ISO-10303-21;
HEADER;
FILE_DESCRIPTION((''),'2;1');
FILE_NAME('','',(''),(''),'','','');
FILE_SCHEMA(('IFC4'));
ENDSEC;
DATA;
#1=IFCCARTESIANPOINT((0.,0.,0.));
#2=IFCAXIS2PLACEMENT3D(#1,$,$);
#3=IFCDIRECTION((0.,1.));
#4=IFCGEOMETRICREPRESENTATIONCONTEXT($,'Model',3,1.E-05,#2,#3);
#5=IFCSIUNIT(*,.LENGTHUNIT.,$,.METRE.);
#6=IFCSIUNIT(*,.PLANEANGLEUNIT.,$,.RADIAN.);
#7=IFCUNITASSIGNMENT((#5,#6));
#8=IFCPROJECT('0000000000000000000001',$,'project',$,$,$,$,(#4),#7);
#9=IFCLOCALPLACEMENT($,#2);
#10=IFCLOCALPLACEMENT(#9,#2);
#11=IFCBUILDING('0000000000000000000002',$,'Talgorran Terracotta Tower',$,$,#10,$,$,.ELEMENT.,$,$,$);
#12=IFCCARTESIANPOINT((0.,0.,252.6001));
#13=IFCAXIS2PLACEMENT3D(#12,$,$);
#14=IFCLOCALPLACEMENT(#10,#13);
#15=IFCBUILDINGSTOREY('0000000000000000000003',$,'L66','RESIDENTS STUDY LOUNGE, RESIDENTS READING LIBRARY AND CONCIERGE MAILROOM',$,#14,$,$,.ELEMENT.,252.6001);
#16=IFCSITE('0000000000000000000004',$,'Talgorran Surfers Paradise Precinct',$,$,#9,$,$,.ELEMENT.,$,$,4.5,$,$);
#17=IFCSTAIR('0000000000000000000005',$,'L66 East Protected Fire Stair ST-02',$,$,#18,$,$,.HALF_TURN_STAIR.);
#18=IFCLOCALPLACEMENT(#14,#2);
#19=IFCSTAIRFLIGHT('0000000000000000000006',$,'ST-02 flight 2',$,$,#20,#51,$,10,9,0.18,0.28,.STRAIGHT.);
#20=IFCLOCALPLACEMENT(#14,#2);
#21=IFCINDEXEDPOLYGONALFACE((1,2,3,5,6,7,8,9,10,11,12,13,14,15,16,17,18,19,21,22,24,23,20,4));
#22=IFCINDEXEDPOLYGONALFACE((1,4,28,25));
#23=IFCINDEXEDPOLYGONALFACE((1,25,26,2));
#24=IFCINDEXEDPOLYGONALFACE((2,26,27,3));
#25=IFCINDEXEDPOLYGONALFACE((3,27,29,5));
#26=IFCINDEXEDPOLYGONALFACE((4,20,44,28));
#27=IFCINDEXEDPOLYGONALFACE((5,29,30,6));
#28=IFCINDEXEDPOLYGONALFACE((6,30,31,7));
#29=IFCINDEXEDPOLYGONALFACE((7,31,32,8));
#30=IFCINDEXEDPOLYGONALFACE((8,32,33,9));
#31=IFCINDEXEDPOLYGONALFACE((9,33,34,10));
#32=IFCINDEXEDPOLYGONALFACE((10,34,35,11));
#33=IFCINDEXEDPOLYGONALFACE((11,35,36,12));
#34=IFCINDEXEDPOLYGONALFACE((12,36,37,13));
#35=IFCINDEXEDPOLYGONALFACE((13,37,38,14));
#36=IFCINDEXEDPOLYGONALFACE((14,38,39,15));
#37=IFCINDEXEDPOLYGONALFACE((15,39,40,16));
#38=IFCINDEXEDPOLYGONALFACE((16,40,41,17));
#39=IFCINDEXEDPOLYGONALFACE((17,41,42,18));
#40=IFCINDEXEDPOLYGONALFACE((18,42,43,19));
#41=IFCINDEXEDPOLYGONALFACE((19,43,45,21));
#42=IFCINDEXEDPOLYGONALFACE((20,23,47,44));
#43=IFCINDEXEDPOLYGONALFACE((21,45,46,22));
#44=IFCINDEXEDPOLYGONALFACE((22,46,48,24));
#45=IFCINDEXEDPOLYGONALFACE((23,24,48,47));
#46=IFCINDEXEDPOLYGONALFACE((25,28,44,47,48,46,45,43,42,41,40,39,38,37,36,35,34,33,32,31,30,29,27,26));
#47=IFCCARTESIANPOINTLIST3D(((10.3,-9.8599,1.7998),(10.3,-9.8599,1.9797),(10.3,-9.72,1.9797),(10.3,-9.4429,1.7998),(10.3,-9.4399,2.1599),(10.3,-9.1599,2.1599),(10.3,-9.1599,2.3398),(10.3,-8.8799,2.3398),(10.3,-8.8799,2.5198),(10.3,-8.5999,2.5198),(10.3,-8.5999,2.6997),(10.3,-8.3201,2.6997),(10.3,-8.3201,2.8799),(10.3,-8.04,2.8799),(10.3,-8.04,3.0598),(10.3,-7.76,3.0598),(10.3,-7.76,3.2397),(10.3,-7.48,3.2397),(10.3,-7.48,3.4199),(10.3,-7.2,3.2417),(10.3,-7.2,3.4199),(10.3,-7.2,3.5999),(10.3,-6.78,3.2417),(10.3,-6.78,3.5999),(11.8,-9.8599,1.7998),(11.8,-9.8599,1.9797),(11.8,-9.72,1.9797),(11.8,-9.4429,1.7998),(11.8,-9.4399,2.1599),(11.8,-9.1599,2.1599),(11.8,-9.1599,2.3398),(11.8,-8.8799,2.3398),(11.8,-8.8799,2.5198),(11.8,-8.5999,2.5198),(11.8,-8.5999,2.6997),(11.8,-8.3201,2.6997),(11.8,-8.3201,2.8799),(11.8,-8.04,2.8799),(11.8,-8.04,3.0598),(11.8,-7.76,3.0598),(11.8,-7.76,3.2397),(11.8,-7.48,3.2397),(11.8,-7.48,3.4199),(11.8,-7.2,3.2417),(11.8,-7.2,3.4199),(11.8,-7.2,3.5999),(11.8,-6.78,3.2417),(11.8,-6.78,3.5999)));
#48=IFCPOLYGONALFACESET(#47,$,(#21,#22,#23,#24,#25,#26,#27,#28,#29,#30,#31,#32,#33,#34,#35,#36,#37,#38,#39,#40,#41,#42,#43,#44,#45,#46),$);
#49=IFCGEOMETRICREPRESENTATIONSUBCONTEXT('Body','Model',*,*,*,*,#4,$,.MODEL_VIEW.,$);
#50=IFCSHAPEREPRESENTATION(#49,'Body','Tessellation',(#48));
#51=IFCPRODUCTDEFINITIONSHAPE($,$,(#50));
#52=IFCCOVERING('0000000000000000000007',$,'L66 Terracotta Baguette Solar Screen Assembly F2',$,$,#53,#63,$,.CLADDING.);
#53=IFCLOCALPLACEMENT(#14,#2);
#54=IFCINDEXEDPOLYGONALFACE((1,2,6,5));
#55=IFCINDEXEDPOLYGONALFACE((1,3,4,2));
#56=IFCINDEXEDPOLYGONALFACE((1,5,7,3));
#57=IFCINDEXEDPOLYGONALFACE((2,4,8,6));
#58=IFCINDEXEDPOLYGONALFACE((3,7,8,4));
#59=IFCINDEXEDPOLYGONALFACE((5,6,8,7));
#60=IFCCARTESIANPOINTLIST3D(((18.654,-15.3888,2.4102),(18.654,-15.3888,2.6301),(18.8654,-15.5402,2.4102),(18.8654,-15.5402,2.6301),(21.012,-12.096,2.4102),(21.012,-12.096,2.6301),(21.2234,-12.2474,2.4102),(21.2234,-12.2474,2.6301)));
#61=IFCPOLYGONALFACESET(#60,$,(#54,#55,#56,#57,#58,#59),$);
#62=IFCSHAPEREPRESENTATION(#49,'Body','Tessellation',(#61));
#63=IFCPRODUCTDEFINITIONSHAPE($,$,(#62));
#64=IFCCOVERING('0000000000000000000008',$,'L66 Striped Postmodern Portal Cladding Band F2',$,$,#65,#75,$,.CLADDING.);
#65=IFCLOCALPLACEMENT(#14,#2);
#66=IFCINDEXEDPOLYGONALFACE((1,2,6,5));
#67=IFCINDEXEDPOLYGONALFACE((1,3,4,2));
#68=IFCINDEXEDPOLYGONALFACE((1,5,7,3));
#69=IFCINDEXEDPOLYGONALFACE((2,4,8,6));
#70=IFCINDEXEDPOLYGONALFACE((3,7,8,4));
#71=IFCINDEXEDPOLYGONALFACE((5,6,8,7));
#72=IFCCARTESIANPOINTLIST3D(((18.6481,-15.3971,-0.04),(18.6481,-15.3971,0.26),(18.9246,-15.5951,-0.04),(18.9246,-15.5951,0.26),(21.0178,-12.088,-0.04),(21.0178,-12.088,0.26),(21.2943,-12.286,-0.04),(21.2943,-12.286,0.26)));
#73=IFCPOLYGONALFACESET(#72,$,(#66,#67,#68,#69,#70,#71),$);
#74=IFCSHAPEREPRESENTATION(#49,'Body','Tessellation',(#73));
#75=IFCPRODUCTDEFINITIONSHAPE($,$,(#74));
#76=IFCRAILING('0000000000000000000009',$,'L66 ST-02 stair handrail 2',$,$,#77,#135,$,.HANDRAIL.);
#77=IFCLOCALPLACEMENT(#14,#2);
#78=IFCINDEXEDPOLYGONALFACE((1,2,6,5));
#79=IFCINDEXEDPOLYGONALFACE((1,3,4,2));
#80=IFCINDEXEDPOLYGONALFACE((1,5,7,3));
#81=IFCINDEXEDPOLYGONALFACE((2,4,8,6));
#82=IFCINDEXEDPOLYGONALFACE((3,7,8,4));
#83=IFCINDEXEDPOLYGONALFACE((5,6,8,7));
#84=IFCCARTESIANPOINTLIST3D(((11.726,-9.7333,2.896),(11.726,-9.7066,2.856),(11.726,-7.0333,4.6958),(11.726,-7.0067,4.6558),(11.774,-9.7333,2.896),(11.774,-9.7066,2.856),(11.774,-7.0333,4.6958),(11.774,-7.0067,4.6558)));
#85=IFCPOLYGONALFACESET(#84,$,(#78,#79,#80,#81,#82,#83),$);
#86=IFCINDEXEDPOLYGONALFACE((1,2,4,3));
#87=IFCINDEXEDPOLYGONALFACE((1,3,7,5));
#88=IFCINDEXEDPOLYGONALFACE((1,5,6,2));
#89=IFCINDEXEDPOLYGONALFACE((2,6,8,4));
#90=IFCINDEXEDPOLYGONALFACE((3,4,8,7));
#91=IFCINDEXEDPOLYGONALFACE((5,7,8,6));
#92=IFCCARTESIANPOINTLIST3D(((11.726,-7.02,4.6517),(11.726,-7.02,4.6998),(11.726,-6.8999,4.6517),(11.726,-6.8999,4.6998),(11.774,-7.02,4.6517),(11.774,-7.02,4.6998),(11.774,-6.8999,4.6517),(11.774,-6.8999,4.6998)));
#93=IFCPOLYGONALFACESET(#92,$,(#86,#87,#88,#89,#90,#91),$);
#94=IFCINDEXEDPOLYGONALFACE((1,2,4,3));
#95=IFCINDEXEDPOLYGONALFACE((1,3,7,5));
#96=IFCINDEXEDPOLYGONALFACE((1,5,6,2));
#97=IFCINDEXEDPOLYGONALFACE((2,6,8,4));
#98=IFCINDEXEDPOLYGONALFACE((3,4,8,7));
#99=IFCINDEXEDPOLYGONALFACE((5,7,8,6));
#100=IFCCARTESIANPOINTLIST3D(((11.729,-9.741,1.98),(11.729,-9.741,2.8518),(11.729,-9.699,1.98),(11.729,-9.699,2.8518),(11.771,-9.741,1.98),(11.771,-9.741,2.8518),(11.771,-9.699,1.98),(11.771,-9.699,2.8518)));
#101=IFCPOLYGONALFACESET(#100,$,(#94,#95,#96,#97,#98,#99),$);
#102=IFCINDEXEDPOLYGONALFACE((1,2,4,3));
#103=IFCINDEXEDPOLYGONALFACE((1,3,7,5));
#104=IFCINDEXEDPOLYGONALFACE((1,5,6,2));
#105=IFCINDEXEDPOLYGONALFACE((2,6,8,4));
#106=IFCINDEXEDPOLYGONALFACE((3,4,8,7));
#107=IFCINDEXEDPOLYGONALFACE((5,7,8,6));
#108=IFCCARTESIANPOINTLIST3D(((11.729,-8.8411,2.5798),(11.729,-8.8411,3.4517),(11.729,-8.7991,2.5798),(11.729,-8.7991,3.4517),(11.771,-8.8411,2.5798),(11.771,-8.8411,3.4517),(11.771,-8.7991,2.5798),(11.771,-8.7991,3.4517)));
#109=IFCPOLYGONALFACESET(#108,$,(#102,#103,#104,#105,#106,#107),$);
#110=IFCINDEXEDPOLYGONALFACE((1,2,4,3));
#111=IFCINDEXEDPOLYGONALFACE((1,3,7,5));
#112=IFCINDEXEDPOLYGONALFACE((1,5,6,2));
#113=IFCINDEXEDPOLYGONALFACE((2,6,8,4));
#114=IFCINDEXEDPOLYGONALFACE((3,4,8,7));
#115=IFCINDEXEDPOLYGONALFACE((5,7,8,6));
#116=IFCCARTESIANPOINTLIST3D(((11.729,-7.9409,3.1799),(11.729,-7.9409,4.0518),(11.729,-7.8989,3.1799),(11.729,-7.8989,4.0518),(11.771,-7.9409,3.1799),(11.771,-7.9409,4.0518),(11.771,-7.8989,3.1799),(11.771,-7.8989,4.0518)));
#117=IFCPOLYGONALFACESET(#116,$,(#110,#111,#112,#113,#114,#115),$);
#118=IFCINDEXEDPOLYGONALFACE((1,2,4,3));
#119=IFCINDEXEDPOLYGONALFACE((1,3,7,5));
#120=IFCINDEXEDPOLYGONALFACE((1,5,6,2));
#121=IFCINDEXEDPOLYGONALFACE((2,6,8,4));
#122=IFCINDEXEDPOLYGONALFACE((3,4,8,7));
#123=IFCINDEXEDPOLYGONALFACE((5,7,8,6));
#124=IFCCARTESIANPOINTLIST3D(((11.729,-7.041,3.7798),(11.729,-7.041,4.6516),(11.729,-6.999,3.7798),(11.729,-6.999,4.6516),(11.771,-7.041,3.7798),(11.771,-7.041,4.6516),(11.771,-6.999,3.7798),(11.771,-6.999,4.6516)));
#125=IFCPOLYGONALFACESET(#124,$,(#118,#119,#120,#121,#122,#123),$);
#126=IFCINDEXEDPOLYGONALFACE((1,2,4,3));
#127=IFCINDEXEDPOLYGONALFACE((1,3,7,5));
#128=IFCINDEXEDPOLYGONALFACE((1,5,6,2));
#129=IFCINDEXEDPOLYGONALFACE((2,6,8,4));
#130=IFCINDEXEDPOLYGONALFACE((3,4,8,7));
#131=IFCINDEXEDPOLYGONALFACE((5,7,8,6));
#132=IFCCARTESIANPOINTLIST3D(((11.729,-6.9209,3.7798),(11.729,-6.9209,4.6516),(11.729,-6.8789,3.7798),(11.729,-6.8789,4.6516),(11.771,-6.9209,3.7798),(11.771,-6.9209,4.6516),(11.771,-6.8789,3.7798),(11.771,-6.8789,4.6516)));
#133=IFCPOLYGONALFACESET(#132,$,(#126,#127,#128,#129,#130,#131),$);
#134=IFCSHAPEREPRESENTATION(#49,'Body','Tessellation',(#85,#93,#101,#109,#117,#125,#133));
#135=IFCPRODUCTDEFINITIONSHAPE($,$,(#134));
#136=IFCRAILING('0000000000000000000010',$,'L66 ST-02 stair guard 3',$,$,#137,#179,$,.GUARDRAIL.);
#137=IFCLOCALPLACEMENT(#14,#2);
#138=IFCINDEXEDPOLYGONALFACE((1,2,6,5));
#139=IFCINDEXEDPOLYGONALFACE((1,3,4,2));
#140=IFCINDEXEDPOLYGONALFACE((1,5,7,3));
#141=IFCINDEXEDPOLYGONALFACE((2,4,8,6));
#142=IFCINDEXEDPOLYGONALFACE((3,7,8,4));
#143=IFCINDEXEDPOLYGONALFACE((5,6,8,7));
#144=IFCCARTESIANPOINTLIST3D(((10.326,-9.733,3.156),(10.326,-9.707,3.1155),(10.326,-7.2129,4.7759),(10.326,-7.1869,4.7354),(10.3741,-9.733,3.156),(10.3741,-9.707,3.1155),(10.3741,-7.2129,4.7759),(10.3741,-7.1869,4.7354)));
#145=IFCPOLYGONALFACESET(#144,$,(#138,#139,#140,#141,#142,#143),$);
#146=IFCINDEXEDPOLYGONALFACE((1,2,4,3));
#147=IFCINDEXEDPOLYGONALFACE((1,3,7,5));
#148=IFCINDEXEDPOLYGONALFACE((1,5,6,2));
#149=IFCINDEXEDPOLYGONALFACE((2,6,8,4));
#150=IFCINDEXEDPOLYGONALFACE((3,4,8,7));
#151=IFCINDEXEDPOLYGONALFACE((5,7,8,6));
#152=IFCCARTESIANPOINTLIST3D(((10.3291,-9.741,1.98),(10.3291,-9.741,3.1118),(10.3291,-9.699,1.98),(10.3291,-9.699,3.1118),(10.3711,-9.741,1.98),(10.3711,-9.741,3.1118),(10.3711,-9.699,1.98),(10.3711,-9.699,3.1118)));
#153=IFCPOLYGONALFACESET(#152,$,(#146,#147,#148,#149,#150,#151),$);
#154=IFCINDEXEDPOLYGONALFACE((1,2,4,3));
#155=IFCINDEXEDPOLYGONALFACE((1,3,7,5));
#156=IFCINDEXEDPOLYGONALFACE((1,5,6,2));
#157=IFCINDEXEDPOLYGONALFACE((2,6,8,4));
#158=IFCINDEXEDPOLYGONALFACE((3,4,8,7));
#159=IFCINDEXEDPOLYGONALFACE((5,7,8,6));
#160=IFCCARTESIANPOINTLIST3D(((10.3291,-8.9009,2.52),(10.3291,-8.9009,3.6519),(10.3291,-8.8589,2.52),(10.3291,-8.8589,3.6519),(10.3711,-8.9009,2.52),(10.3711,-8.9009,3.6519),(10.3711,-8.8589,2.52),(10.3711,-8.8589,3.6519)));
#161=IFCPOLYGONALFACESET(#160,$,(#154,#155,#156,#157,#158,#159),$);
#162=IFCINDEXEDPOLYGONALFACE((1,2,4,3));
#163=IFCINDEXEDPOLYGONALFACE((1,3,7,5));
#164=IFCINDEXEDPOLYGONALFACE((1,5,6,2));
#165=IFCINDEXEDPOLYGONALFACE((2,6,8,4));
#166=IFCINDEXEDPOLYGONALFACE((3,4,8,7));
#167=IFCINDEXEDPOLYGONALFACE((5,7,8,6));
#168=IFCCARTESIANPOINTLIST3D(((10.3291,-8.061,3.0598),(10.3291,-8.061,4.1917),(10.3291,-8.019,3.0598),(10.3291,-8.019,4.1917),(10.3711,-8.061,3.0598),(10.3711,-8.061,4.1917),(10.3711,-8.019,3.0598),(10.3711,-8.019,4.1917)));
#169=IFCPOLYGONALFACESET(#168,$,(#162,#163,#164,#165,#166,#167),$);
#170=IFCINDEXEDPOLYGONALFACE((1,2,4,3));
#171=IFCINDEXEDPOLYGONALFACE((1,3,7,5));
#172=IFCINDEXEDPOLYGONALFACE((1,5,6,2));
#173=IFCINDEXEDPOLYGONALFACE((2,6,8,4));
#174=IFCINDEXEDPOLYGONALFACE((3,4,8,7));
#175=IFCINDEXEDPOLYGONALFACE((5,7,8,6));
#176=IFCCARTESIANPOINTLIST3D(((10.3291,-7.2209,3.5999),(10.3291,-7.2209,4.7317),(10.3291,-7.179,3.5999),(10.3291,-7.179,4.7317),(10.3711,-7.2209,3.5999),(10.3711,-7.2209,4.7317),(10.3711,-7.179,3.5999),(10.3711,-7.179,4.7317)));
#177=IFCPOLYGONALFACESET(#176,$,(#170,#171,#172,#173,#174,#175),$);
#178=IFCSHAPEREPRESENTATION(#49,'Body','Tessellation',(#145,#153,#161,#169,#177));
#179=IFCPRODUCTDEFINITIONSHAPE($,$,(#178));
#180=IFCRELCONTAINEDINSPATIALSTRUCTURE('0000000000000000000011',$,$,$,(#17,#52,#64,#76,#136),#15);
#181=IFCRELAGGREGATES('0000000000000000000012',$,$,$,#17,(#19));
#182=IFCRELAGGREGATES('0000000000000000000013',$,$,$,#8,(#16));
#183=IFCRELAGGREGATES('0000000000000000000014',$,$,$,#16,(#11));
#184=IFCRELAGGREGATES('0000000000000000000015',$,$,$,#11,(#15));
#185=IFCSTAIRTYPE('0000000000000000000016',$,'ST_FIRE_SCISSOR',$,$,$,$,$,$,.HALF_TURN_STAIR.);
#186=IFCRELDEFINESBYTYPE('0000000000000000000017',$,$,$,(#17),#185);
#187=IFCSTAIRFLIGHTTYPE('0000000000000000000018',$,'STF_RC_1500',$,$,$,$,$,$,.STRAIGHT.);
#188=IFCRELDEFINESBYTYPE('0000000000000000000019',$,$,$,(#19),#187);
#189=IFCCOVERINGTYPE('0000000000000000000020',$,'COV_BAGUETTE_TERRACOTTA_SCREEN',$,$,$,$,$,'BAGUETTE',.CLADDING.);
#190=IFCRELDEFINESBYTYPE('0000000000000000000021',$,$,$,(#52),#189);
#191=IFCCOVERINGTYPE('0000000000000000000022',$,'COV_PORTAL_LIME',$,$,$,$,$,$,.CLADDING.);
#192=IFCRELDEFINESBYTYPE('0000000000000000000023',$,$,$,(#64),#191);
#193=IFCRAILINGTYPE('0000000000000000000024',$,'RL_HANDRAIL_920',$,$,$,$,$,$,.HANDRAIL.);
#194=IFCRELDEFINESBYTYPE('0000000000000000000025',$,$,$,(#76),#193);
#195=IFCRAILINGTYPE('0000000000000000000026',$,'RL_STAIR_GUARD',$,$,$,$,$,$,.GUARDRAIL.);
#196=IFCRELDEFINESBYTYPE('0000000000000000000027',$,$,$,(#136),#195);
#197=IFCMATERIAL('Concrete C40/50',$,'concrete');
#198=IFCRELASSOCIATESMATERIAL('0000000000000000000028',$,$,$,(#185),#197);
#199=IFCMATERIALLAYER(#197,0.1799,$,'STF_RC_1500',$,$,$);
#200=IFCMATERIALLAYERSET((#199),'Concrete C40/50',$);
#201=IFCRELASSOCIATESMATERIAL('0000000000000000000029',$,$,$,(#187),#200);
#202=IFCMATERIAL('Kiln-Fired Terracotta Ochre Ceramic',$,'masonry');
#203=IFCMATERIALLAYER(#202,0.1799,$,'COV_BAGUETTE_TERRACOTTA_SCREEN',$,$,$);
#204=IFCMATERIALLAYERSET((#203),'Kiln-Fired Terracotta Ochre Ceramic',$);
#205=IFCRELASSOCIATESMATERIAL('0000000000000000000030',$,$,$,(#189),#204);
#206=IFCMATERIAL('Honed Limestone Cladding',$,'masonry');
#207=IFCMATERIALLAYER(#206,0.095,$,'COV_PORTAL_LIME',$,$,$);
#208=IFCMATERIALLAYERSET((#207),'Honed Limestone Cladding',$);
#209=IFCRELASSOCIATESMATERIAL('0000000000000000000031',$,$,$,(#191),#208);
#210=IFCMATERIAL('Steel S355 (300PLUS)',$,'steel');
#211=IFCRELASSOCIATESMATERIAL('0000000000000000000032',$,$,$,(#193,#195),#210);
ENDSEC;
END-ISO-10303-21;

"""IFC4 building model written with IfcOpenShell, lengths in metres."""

from ifc_helpers import new_model, si_unit, direction, frame, origin, origin_2d, place, context, subcontext, project, spatial, polyline, rectangle, outline, extrude, material, layer, layer_set, type_object, element, aggregate, save


model = new_model("IFC4")

# Units and contexts
model_context = context("Model", 3, precision=1e-05, world=origin(), true_north=direction((0.0, 1.0)))
body_context = subcontext(model_context, "Body", "Model", "MODEL_VIEW")
ifc_project = project(units=[si_unit("LENGTHUNIT", "METRE"), si_unit("PLANEANGLEUNIT", "RADIAN")], contexts=[model_context])

# Site, building, storey
site_placement = place(None, origin())
site = spatial("IfcSite", under=ifc_project, at=site_placement, Name="Talgorran Surfers Paradise Precinct", CompositionType="ELEMENT", RefElevation=4.5)
building_placement = place(site_placement, origin())
building = spatial("IfcBuilding", under=site, at=building_placement, Name="Talgorran Terracotta Tower", CompositionType="ELEMENT")
storey_placement = place(building_placement, frame((0.0, 0.0, 252.6001)))
storey = spatial("IfcBuildingStorey", under=building, at=storey_placement, Name="L66", Description="RESIDENTS STUDY LOUNGE, RESIDENTS READING LIBRARY AND CONCIERGE MAILROOM", CompositionType="ELEMENT", Elevation=252.6001)

# Shared definitions
ifc_material_1 = material(Name="Steel S355 (300PLUS)", Category="steel")

# Stair, stair flight
ifc_material_2 = material(Name="Concrete C40/50", Category="concrete")
stair_type = type_object("IfcStairType", Name="ST_FIRE_SCISSOR", PredefinedType="HALF_TURN_STAIR", material=ifc_material_2)
stair_placement = place(storey_placement, origin())
stair = element("IfcStair", 1, at=stair_placement, inside=storey, type_object=stair_type, Name="L66 East Protected Fire Stair ST-02", PredefinedType="HALF_TURN_STAIR")
ifc_layer_1 = layer(ifc_material_2, 0.1799, Name="STF_RC_1500")
ifc_layer_set_1 = layer_set([ifc_layer_1], Name="Concrete C40/50")
stair_flight_type = type_object("IfcStairFlightType", Name="STF_RC_1500", PredefinedType="STRAIGHT", material=ifc_layer_set_1)
stair_flight_placement = place(storey_placement, frame((11.05, -9.72, 1.7998), z_axis=(0.0, 0.0, 1.0), x_axis=(0.0, 1.0, 0.0)))
stair_flight = element("IfcStairFlight", 2, at=stair_flight_placement, type_object=stair_flight_type, Name="ST-02 flight 2", NumberOfRisers=10, NumberOfTreads=9, PredefinedType="STRAIGHT", RiserHeight=0.18, TreadLength=0.28, context=body_context, shape_type="SweptSolid", body=[
    extrude(outline(polyline([(-0.1399, 0.0), (-0.1399, 0.1799), (0.0, 0.1799), (0.28, 0.3601), (0.5601, 0.3601), (0.5601, 0.54), (0.8401, 0.54), (0.8401, 0.72), (1.1201, 0.72), (1.1201, 0.8999), (1.3999, 0.8999), (1.3999, 1.0801), (1.6799, 1.0801), (1.6799, 1.26), (1.96, 1.26), (1.96, 1.4399), (2.24, 1.4399), (2.24, 1.6201), (2.52, 1.6201), (2.52, 1.8), (2.9399, 1.8), (2.9399, 1.4419), (2.52, 1.4419), (0.2771, 0.0), (-0.1399, 0.0)])), frame((0.0, 0.75, 0.0), z_axis=(0.0, -1.0, 0.0), x_axis=(1.0, 0.0, 0.0)), (0.0, 0.0, 1.0), 1.5),
])
aggregate(stair, [stair_flight])

# Coverings
ifc_material_3 = material(Name="Kiln-Fired Terracotta Ochre Ceramic", Category="masonry")
ifc_layer_2 = layer(ifc_material_3, 0.1799, Name="COV_BAGUETTE_TERRACOTTA_SCREEN")
ifc_layer_set_2 = layer_set([ifc_layer_2], Name="Kiln-Fired Terracotta Ochre Ceramic")
covering_type_1 = type_object("IfcCoveringType", Name="COV_BAGUETTE_TERRACOTTA_SCREEN", ElementType="BAGUETTE", PredefinedType="CLADDING", material=ifc_layer_set_2)
covering_1_placement = place(storey_placement, frame((19.9387, -13.8181, 2.4102), z_axis=(0.0, 0.0, 1.0), x_axis=(0.582222, 0.81303, 0.0)))
element("IfcCovering", 3, at=covering_1_placement, inside=storey, type_object=covering_type_1, Name="L66 Terracotta Baguette Solar Screen Assembly F2", PredefinedType="CLADDING", context=body_context, shape_type="SweptSolid", body=[
    extrude(rectangle(XDim=4.05, YDim=0.26, at=origin_2d()), origin(), (0.0, 0.0, 1.0), 0.22),
])
ifc_material_4 = material(Name="Honed Limestone Cladding", Category="masonry")
ifc_layer_3 = layer(ifc_material_4, 0.095, Name="COV_PORTAL_LIME")
ifc_layer_set_3 = layer_set([ifc_layer_3], Name="Honed Limestone Cladding")
covering_type_2 = type_object("IfcCoveringType", Name="COV_PORTAL_LIME", PredefinedType="CLADDING", material=ifc_layer_set_3)
covering_2_placement = place(storey_placement, frame((19.9712, -13.8416, -0.04), z_axis=(0.0, 0.0, 1.0), x_axis=(0.582222, 0.81303, 0.0)))
element("IfcCovering", 4, at=covering_2_placement, inside=storey, type_object=covering_type_2, Name="L66 Striped Postmodern Portal Cladding Band F2", PredefinedType="CLADDING", context=body_context, shape_type="SweptSolid", body=[
    extrude(rectangle(XDim=4.0701, YDim=0.3401, at=origin_2d()), origin(), (0.0, 0.0, 1.0), 0.3),
])

# Railings
railing_type_1 = type_object("IfcRailingType", Name="RL_HANDRAIL_920", PredefinedType="HANDRAIL", material=ifc_material_1)
railing_1_placement = place(storey_placement, frame((11.75, -9.72, 1.98)))
element("IfcRailing", 5, at=railing_1_placement, inside=storey, type_object=railing_type_1, Name="L66 ST-02 stair handrail 2", PredefinedType="HANDRAIL", context=body_context, shape_type="SweptSolid", body=[
    extrude(rectangle(XDim=0.0481, YDim=0.0481, at=origin_2d()), frame((0.0, 0.0, 0.896), z_axis=(0.0, 0.832073, 0.554665), x_axis=(-1.0, 0.0, 0.0)), (0.0, 0.0, 1.0), 3.2449),
    extrude(rectangle(XDim=0.0481, YDim=0.0481, at=origin_2d()), frame((0.0, 2.7, 2.6958), z_axis=(0.0, 1.0, 0.0), x_axis=(-1.0, 0.0, 0.0)), (0.0, 0.0, 1.0), 0.1201),
    extrude(rectangle(XDim=0.042, YDim=0.042, at=origin_2d()), origin(), (0.0, 0.0, 1.0), 0.8718),
    extrude(rectangle(XDim=0.042, YDim=0.042, at=origin_2d()), frame((0.0, 0.8999, 0.5999)), (0.0, 0.0, 1.0), 0.8718),
    extrude(rectangle(XDim=0.042, YDim=0.042, at=origin_2d()), frame((0.0, 1.8, 1.2)), (0.0, 0.0, 1.0), 0.8718),
    extrude(rectangle(XDim=0.042, YDim=0.042, at=origin_2d()), frame((0.0, 2.7, 1.7998)), (0.0, 0.0, 1.0), 0.8718),
    extrude(rectangle(XDim=0.042, YDim=0.042, at=origin_2d()), frame((0.0, 2.8201, 1.7998)), (0.0, 0.0, 1.0), 0.8718),
])
railing_type_2 = type_object("IfcRailingType", Name="RL_STAIR_GUARD", PredefinedType="GUARDRAIL", material=ifc_material_1)
railing_2_placement = place(storey_placement, frame((10.3501, -9.72, 1.98)))
element("IfcRailing", 6, at=railing_2_placement, inside=storey, type_object=railing_type_2, Name="L66 ST-02 stair guard 3", PredefinedType="GUARDRAIL", context=body_context, shape_type="SweptSolid", body=[
    extrude(rectangle(XDim=0.0481, YDim=0.0481, at=origin_2d()), frame((0.0, 0.0, 1.1558), z_axis=(0.0, 0.8412, 0.540725), x_axis=(-1.0, 0.0, 0.0)), (0.0, 0.0, 1.0), 2.9958),
    extrude(rectangle(XDim=0.042, YDim=0.042, at=origin_2d()), origin(), (0.0, 0.0, 1.0), 1.1318),
    extrude(rectangle(XDim=0.042, YDim=0.042, at=origin_2d()), frame((0.0, 0.8401, 0.54)), (0.0, 0.0, 1.0), 1.1318),
    extrude(rectangle(XDim=0.042, YDim=0.042, at=origin_2d()), frame((0.0, 1.6799, 1.0798)), (0.0, 0.0, 1.0), 1.1318),
    extrude(rectangle(XDim=0.042, YDim=0.042, at=origin_2d()), frame((0.0, 2.52, 1.6199)), (0.0, 0.0, 1.0), 1.1318),
])

save(model, "model.ifc")
